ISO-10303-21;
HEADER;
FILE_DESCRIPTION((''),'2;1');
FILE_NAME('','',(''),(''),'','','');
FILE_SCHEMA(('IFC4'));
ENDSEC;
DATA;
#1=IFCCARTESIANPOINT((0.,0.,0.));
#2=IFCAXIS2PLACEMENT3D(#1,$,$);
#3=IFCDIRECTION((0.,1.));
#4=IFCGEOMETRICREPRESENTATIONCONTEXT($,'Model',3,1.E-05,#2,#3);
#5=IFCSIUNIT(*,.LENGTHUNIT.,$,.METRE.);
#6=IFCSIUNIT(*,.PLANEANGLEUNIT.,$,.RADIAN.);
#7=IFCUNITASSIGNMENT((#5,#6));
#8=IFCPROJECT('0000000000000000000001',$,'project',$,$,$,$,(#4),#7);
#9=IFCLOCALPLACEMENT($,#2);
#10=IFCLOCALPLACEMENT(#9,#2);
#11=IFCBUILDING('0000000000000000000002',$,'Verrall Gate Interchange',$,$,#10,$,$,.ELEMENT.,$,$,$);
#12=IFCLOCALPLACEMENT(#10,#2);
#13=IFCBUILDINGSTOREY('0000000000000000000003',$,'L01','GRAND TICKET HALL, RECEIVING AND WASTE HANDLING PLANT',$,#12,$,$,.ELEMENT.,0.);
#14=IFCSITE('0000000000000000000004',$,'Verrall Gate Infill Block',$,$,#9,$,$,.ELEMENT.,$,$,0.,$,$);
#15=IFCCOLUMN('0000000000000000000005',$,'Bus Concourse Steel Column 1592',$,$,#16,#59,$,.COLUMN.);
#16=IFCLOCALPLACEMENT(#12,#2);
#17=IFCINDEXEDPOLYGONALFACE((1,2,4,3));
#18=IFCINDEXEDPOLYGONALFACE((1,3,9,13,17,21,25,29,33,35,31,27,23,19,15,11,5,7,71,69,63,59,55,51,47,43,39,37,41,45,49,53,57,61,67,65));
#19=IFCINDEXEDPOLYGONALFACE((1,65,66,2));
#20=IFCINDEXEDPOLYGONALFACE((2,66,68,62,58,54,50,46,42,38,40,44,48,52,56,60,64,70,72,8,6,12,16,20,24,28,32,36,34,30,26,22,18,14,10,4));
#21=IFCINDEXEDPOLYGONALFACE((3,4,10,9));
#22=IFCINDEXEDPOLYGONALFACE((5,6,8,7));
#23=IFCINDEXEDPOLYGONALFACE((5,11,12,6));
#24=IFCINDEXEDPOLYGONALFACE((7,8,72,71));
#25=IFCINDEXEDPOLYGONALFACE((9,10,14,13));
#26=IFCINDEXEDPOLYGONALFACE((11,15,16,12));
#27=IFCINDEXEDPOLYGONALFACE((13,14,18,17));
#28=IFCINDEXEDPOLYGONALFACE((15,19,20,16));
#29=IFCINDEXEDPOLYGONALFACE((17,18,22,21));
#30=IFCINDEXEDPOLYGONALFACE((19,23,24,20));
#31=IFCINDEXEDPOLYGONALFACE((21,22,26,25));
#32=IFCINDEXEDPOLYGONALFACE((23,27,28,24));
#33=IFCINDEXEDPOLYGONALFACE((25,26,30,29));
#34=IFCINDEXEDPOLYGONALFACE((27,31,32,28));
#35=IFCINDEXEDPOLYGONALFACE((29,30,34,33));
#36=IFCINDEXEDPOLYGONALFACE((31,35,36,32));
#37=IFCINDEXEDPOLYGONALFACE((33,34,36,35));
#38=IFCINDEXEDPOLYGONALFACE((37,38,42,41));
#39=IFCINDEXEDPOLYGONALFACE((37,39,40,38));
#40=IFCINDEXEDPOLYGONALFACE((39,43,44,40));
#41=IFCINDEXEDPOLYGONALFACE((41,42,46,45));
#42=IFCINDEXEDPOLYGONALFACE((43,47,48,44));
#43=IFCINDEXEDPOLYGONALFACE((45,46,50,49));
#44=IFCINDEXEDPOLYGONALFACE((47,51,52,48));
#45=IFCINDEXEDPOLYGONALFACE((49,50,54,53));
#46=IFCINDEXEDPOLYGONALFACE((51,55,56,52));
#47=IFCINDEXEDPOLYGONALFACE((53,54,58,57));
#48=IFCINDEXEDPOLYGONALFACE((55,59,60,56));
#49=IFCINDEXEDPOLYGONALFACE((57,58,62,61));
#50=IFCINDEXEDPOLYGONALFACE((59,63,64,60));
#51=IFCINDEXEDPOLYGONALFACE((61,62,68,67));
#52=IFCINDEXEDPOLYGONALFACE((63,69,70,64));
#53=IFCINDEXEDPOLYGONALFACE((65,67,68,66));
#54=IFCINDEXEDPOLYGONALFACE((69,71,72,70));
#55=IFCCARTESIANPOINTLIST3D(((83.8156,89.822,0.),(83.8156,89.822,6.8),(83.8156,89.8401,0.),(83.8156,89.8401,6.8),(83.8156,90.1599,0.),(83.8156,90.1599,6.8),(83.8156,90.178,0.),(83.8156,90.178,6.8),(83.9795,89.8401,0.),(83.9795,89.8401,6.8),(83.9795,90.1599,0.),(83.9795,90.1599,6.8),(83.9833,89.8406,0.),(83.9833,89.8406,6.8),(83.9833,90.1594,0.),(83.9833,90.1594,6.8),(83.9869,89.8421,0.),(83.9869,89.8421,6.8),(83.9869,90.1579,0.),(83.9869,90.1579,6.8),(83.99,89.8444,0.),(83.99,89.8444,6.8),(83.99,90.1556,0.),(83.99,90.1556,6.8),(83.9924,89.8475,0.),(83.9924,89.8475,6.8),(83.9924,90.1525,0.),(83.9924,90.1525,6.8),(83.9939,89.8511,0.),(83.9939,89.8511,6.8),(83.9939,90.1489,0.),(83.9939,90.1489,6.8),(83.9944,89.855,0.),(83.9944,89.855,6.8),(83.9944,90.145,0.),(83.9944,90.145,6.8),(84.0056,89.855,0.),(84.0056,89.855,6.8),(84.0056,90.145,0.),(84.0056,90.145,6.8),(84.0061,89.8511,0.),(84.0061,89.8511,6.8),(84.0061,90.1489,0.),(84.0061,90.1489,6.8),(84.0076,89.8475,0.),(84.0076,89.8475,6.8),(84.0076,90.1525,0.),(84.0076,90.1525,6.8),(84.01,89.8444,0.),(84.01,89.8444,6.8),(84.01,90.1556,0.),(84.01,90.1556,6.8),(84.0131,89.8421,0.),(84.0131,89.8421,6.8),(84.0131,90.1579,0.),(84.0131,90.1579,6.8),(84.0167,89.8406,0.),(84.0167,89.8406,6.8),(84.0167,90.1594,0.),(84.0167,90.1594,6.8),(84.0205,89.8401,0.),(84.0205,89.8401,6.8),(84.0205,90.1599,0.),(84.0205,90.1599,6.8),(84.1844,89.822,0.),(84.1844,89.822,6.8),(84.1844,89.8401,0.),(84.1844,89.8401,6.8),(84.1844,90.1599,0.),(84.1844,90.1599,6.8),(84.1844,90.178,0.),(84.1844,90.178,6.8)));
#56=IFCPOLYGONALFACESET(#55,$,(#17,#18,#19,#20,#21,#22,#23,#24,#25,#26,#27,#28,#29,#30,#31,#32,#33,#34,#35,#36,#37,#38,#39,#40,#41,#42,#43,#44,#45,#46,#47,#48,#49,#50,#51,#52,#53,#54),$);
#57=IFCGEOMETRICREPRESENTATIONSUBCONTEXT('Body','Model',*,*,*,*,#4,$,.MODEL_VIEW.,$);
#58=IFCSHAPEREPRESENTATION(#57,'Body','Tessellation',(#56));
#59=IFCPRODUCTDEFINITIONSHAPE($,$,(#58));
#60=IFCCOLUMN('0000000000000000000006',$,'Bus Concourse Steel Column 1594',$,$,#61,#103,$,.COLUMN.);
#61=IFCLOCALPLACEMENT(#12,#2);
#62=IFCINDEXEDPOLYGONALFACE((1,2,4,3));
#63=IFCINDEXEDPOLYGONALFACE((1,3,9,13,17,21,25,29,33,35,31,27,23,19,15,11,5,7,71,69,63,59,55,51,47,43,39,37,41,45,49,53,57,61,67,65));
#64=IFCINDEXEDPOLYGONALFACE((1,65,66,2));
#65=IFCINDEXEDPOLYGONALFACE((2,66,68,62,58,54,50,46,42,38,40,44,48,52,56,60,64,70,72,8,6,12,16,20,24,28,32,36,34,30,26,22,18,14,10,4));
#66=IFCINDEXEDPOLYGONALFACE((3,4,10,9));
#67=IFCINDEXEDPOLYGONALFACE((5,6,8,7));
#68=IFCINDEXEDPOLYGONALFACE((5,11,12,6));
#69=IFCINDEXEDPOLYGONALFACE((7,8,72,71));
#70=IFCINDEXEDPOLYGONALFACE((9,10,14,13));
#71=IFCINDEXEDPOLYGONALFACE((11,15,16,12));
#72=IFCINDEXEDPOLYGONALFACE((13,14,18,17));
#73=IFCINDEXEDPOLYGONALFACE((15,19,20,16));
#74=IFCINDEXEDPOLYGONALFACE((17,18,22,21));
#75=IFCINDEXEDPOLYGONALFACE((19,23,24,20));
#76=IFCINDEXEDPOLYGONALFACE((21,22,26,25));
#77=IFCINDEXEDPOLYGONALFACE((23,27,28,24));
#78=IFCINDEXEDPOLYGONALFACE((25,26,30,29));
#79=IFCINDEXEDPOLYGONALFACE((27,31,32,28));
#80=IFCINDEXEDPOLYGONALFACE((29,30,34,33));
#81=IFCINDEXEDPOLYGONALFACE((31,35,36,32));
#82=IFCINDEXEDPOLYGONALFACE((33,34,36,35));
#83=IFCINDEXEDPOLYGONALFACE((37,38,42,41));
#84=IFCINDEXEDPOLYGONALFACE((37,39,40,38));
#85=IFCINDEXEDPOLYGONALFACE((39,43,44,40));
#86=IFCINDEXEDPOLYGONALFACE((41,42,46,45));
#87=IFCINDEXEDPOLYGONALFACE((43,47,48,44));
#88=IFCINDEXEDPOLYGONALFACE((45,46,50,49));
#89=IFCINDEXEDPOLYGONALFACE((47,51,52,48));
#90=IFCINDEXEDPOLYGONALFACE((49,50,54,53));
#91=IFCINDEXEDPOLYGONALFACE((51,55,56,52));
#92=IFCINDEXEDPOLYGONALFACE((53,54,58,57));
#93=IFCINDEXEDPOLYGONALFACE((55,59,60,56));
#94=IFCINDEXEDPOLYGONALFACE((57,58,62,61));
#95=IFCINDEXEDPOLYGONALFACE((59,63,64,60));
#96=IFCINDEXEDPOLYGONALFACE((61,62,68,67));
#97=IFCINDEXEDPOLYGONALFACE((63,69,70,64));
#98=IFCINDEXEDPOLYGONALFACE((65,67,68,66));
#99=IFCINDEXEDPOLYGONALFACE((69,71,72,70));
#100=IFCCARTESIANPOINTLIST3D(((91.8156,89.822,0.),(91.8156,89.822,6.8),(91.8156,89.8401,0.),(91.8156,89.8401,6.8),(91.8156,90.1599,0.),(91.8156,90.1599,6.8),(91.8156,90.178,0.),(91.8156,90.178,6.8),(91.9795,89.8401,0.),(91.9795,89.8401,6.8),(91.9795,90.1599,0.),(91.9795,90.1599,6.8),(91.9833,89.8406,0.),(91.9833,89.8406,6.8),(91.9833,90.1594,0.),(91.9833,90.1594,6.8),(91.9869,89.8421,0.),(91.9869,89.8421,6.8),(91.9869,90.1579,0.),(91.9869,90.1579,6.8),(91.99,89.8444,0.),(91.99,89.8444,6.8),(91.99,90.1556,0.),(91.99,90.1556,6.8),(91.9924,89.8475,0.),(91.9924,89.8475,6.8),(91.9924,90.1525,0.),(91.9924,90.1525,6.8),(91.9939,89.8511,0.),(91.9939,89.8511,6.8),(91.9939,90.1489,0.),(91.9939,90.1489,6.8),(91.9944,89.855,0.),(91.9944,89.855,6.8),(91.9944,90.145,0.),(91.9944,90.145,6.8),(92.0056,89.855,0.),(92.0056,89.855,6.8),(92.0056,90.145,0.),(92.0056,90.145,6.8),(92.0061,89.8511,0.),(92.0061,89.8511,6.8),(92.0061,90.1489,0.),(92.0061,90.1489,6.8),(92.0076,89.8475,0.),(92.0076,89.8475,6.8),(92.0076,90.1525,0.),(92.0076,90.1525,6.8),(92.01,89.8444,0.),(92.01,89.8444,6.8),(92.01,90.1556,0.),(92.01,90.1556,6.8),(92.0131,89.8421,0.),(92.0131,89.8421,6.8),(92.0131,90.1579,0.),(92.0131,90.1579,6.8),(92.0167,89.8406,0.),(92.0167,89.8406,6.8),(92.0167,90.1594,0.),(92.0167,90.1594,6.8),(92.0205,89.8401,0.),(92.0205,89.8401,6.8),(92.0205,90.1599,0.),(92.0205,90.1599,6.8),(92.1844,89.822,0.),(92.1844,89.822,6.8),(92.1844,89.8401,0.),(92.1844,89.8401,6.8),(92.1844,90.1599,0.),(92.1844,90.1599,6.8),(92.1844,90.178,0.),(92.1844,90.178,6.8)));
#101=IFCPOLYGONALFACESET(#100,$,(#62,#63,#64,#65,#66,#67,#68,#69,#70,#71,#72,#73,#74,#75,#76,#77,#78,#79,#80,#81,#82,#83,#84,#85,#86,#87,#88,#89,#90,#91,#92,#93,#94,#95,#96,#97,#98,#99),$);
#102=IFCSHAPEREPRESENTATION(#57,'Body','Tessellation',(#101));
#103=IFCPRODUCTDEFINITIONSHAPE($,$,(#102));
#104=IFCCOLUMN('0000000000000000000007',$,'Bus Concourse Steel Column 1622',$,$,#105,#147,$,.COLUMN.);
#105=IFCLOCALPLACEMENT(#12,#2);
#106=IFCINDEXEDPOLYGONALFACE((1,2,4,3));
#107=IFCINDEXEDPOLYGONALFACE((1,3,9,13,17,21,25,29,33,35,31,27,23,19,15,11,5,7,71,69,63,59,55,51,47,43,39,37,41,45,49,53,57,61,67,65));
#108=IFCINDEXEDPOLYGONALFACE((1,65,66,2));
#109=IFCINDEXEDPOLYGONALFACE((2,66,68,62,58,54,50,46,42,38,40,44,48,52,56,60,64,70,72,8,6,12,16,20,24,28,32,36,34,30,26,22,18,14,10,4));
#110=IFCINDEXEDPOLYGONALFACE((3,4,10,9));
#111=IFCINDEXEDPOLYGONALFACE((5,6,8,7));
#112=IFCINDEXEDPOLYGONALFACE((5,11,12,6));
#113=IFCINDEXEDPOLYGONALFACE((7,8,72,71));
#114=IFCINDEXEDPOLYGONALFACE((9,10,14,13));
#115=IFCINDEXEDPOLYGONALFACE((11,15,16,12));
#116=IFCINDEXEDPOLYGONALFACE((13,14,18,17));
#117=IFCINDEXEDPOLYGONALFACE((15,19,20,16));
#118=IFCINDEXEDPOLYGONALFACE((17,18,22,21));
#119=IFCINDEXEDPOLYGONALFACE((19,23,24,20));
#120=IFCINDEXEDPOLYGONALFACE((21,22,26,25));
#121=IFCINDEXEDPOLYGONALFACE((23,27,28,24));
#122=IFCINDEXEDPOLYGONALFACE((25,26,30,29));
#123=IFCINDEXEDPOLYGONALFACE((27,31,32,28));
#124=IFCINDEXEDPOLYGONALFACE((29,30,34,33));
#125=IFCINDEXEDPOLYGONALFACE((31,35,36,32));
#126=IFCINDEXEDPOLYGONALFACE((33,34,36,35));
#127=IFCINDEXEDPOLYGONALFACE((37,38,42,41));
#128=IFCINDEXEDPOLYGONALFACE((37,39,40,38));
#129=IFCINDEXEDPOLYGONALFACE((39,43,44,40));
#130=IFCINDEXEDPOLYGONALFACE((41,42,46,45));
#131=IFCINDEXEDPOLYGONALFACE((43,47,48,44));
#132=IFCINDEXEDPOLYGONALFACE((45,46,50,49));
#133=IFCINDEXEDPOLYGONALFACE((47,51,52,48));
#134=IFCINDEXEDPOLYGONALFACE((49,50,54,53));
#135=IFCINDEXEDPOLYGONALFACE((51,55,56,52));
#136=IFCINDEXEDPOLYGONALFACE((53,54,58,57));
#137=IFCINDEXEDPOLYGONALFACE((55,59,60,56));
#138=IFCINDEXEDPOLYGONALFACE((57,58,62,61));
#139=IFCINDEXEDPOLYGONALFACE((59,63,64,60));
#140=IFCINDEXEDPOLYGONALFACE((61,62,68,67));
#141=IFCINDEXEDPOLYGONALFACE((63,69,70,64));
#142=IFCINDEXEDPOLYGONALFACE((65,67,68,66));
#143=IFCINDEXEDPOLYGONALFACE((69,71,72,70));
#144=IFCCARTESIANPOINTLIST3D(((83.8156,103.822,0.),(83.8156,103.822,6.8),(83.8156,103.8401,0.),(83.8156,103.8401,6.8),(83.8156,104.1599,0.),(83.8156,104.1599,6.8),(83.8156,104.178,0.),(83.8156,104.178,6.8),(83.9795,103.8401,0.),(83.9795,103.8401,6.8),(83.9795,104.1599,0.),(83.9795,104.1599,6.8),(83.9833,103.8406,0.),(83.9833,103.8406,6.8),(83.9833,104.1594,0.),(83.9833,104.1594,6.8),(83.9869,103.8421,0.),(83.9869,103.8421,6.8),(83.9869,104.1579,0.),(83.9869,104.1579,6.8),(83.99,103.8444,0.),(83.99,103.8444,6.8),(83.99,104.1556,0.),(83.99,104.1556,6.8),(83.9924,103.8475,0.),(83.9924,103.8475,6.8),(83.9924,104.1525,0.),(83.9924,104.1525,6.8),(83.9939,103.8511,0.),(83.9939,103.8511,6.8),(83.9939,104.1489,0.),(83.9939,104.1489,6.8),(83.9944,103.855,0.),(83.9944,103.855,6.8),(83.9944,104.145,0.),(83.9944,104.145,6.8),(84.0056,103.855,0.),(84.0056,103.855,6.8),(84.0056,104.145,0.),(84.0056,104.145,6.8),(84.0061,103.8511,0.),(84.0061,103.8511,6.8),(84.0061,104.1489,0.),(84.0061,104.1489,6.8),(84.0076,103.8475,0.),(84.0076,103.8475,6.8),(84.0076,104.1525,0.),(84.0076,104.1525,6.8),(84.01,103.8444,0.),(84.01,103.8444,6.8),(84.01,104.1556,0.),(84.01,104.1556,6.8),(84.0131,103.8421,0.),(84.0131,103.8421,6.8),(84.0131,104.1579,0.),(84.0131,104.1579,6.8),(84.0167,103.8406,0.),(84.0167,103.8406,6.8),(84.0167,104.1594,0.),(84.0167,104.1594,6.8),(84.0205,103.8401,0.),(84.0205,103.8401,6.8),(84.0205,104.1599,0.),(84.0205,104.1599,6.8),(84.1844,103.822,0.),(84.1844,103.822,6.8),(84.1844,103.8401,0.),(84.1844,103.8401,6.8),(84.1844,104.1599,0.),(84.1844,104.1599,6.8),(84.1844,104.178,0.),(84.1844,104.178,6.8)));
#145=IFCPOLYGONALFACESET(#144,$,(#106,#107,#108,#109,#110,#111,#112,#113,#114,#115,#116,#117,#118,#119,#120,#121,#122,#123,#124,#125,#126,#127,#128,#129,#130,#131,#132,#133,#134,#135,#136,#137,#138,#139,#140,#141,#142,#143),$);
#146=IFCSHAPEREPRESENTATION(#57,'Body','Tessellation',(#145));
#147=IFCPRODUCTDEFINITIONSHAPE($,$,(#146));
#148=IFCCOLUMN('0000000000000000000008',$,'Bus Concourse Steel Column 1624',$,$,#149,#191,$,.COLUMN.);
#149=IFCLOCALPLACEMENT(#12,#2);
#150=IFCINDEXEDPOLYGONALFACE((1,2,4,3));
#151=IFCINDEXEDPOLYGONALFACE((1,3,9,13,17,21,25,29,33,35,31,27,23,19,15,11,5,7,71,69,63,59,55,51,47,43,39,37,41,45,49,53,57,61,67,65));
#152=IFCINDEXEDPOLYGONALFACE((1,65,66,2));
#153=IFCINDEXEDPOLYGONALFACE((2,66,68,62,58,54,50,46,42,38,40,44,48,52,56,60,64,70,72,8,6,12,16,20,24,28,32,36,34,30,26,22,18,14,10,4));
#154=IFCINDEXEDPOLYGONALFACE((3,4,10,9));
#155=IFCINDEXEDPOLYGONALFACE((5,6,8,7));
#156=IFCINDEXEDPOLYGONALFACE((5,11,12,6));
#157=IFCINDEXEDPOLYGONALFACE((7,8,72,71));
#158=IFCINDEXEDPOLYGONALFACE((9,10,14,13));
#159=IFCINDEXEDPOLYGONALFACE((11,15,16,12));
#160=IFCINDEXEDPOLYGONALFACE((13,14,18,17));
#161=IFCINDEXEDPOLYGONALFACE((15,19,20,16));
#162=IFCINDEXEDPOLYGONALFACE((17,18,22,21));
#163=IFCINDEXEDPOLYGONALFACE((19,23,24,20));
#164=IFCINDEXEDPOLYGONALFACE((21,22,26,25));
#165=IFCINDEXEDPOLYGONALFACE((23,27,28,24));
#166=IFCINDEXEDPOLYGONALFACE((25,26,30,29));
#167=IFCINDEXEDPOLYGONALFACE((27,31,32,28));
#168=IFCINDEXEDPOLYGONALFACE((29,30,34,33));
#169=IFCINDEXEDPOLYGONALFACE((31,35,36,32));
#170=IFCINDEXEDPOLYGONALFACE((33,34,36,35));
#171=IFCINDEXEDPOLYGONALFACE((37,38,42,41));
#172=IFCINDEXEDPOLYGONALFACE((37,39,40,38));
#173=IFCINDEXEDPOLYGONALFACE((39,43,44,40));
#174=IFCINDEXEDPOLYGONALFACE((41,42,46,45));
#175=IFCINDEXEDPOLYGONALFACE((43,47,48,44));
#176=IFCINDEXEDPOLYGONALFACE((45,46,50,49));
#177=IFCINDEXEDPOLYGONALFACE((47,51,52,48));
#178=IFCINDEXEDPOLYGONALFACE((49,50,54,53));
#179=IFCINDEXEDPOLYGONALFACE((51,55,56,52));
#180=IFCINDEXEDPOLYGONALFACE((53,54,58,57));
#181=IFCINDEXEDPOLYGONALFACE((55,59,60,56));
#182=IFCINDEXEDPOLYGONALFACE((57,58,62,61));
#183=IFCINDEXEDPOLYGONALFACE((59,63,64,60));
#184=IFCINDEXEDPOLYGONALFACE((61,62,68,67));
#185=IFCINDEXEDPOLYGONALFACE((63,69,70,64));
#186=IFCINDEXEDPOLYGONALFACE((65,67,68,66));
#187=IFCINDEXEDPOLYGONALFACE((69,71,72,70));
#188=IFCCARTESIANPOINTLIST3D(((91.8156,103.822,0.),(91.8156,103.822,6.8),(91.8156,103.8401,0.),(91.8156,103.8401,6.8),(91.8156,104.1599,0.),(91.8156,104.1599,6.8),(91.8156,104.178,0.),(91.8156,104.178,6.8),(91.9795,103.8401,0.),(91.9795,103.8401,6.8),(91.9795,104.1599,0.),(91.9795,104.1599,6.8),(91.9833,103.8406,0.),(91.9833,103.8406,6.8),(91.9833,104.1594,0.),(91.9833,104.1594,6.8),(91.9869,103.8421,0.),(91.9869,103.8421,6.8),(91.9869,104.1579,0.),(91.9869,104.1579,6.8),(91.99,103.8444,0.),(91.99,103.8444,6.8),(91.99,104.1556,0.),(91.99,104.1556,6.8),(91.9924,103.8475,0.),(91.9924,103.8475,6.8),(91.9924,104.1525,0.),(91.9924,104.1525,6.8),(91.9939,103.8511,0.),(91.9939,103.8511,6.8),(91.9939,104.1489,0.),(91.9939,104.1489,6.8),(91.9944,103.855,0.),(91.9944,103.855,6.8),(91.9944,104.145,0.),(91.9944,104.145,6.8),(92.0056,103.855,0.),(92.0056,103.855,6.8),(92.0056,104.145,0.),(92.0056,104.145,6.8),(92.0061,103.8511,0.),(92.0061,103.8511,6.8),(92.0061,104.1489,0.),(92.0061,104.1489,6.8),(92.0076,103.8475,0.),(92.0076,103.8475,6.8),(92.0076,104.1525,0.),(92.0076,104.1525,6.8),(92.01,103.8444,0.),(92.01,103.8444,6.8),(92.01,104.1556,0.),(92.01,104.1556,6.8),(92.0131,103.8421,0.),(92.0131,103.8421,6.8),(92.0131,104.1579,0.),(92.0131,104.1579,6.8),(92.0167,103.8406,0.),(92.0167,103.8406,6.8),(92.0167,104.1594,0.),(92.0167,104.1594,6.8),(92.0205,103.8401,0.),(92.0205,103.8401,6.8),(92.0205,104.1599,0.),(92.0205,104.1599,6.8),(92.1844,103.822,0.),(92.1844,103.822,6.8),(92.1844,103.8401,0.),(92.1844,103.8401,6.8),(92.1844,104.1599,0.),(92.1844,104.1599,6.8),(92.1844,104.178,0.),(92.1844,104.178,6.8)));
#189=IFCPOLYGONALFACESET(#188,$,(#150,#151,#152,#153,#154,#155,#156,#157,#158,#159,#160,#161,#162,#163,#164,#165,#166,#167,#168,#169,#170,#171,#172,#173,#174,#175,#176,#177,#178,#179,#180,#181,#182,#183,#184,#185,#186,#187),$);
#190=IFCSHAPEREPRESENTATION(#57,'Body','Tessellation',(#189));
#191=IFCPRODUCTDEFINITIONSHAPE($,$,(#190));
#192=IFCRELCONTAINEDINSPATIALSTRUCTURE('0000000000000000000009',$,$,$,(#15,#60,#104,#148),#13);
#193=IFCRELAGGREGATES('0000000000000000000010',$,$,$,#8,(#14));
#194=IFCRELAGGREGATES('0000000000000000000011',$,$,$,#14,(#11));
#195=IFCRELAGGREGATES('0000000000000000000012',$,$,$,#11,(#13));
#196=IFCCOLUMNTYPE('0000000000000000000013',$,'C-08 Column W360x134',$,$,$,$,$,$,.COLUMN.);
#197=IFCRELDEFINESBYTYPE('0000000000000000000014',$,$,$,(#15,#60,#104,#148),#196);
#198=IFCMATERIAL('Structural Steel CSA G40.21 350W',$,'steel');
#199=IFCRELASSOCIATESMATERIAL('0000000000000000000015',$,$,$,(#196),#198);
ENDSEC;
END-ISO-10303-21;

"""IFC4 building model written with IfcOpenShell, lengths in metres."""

from ifc_helpers import new_model, si_unit, direction, frame, origin, origin_2d, place, context, subcontext, project, spatial, i_section, extrude, material, material_profile, profile_set, type_object, element, save


model = new_model("IFC4")

# Units and contexts
model_context = context("Model", 3, precision=1e-05, world=origin(), true_north=direction((0.0, 1.0)))
body_context = subcontext(model_context, "Body", "Model", "MODEL_VIEW")
ifc_project = project(units=[si_unit("LENGTHUNIT", "METRE"), si_unit("PLANEANGLEUNIT", "RADIAN")], contexts=[model_context])

# Site, building, storey
site_placement = place(None, origin())
site = spatial("IfcSite", under=ifc_project, at=site_placement, Name="Verrall Gate Infill Block", CompositionType="ELEMENT", RefElevation=0.0)
building_placement = place(site_placement, origin())
building = spatial("IfcBuilding", under=site, at=building_placement, Name="Verrall Gate Interchange", CompositionType="ELEMENT")
storey_placement = place(building_placement, origin())
storey = spatial("IfcBuildingStorey", under=building, at=storey_placement, Name="L01", Description="GRAND TICKET HALL, RECEIVING AND WASTE HANDLING PLANT", CompositionType="ELEMENT", Elevation=0.0)

# Columns
ifc_material_1 = material(Name="Structural Steel CSA G40.21 350W", Category="steel")
ifc_material_profile_1 = material_profile(ifc_material_1, i_section(OverallWidth=0.3689, OverallDepth=0.356, WebThickness=0.0112, FlangeThickness=0.0181, FilletRadius=0.0149, at=origin_2d()), Name="W360x134")
ifc_profile_set_1 = profile_set([ifc_material_profile_1], Name="Structural Steel CSA G40.21 350W")
column_type = type_object("IfcColumnType", Name="C-08 Column W360x134", PredefinedType="COLUMN", material=ifc_profile_set_1)
for number, where, z_axis, x_axis, name in (
    (1, (84.0, 90.0, 0.0), (0.0, 0.0, 1.0), (1.0, 0.0, 0.0), "Bus Concourse Steel Column 1592"),
    (2, (92.0, 90.0, 0.0), (0.0, 0.0, 1.0), (1.0, 0.0, 0.0), "Bus Concourse Steel Column 1594"),
    (3, (84.0, 104.0, 0.0), (0.0, 0.0, 1.0), (1.0, 0.0, 0.0), "Bus Concourse Steel Column 1622"),
    (4, (92.0, 104.0, 0.0), (0.0, 0.0, 1.0), (1.0, 0.0, 0.0), "Bus Concourse Steel Column 1624"),
):
    element("IfcColumn", number, at=place(storey_placement, frame(where, z_axis=z_axis, x_axis=x_axis)), inside=storey, type_object=column_type, Name=name, PredefinedType="COLUMN", context=body_context, shape_type="SweptSolid", body=[
        extrude(i_section(OverallWidth=0.3689, OverallDepth=0.356, WebThickness=0.0112, FlangeThickness=0.0181, FilletRadius=0.0149, at=origin_2d()), origin(), (0.0, 0.0, 1.0), 6.8),
    ])

save(model, "model.ifc")
